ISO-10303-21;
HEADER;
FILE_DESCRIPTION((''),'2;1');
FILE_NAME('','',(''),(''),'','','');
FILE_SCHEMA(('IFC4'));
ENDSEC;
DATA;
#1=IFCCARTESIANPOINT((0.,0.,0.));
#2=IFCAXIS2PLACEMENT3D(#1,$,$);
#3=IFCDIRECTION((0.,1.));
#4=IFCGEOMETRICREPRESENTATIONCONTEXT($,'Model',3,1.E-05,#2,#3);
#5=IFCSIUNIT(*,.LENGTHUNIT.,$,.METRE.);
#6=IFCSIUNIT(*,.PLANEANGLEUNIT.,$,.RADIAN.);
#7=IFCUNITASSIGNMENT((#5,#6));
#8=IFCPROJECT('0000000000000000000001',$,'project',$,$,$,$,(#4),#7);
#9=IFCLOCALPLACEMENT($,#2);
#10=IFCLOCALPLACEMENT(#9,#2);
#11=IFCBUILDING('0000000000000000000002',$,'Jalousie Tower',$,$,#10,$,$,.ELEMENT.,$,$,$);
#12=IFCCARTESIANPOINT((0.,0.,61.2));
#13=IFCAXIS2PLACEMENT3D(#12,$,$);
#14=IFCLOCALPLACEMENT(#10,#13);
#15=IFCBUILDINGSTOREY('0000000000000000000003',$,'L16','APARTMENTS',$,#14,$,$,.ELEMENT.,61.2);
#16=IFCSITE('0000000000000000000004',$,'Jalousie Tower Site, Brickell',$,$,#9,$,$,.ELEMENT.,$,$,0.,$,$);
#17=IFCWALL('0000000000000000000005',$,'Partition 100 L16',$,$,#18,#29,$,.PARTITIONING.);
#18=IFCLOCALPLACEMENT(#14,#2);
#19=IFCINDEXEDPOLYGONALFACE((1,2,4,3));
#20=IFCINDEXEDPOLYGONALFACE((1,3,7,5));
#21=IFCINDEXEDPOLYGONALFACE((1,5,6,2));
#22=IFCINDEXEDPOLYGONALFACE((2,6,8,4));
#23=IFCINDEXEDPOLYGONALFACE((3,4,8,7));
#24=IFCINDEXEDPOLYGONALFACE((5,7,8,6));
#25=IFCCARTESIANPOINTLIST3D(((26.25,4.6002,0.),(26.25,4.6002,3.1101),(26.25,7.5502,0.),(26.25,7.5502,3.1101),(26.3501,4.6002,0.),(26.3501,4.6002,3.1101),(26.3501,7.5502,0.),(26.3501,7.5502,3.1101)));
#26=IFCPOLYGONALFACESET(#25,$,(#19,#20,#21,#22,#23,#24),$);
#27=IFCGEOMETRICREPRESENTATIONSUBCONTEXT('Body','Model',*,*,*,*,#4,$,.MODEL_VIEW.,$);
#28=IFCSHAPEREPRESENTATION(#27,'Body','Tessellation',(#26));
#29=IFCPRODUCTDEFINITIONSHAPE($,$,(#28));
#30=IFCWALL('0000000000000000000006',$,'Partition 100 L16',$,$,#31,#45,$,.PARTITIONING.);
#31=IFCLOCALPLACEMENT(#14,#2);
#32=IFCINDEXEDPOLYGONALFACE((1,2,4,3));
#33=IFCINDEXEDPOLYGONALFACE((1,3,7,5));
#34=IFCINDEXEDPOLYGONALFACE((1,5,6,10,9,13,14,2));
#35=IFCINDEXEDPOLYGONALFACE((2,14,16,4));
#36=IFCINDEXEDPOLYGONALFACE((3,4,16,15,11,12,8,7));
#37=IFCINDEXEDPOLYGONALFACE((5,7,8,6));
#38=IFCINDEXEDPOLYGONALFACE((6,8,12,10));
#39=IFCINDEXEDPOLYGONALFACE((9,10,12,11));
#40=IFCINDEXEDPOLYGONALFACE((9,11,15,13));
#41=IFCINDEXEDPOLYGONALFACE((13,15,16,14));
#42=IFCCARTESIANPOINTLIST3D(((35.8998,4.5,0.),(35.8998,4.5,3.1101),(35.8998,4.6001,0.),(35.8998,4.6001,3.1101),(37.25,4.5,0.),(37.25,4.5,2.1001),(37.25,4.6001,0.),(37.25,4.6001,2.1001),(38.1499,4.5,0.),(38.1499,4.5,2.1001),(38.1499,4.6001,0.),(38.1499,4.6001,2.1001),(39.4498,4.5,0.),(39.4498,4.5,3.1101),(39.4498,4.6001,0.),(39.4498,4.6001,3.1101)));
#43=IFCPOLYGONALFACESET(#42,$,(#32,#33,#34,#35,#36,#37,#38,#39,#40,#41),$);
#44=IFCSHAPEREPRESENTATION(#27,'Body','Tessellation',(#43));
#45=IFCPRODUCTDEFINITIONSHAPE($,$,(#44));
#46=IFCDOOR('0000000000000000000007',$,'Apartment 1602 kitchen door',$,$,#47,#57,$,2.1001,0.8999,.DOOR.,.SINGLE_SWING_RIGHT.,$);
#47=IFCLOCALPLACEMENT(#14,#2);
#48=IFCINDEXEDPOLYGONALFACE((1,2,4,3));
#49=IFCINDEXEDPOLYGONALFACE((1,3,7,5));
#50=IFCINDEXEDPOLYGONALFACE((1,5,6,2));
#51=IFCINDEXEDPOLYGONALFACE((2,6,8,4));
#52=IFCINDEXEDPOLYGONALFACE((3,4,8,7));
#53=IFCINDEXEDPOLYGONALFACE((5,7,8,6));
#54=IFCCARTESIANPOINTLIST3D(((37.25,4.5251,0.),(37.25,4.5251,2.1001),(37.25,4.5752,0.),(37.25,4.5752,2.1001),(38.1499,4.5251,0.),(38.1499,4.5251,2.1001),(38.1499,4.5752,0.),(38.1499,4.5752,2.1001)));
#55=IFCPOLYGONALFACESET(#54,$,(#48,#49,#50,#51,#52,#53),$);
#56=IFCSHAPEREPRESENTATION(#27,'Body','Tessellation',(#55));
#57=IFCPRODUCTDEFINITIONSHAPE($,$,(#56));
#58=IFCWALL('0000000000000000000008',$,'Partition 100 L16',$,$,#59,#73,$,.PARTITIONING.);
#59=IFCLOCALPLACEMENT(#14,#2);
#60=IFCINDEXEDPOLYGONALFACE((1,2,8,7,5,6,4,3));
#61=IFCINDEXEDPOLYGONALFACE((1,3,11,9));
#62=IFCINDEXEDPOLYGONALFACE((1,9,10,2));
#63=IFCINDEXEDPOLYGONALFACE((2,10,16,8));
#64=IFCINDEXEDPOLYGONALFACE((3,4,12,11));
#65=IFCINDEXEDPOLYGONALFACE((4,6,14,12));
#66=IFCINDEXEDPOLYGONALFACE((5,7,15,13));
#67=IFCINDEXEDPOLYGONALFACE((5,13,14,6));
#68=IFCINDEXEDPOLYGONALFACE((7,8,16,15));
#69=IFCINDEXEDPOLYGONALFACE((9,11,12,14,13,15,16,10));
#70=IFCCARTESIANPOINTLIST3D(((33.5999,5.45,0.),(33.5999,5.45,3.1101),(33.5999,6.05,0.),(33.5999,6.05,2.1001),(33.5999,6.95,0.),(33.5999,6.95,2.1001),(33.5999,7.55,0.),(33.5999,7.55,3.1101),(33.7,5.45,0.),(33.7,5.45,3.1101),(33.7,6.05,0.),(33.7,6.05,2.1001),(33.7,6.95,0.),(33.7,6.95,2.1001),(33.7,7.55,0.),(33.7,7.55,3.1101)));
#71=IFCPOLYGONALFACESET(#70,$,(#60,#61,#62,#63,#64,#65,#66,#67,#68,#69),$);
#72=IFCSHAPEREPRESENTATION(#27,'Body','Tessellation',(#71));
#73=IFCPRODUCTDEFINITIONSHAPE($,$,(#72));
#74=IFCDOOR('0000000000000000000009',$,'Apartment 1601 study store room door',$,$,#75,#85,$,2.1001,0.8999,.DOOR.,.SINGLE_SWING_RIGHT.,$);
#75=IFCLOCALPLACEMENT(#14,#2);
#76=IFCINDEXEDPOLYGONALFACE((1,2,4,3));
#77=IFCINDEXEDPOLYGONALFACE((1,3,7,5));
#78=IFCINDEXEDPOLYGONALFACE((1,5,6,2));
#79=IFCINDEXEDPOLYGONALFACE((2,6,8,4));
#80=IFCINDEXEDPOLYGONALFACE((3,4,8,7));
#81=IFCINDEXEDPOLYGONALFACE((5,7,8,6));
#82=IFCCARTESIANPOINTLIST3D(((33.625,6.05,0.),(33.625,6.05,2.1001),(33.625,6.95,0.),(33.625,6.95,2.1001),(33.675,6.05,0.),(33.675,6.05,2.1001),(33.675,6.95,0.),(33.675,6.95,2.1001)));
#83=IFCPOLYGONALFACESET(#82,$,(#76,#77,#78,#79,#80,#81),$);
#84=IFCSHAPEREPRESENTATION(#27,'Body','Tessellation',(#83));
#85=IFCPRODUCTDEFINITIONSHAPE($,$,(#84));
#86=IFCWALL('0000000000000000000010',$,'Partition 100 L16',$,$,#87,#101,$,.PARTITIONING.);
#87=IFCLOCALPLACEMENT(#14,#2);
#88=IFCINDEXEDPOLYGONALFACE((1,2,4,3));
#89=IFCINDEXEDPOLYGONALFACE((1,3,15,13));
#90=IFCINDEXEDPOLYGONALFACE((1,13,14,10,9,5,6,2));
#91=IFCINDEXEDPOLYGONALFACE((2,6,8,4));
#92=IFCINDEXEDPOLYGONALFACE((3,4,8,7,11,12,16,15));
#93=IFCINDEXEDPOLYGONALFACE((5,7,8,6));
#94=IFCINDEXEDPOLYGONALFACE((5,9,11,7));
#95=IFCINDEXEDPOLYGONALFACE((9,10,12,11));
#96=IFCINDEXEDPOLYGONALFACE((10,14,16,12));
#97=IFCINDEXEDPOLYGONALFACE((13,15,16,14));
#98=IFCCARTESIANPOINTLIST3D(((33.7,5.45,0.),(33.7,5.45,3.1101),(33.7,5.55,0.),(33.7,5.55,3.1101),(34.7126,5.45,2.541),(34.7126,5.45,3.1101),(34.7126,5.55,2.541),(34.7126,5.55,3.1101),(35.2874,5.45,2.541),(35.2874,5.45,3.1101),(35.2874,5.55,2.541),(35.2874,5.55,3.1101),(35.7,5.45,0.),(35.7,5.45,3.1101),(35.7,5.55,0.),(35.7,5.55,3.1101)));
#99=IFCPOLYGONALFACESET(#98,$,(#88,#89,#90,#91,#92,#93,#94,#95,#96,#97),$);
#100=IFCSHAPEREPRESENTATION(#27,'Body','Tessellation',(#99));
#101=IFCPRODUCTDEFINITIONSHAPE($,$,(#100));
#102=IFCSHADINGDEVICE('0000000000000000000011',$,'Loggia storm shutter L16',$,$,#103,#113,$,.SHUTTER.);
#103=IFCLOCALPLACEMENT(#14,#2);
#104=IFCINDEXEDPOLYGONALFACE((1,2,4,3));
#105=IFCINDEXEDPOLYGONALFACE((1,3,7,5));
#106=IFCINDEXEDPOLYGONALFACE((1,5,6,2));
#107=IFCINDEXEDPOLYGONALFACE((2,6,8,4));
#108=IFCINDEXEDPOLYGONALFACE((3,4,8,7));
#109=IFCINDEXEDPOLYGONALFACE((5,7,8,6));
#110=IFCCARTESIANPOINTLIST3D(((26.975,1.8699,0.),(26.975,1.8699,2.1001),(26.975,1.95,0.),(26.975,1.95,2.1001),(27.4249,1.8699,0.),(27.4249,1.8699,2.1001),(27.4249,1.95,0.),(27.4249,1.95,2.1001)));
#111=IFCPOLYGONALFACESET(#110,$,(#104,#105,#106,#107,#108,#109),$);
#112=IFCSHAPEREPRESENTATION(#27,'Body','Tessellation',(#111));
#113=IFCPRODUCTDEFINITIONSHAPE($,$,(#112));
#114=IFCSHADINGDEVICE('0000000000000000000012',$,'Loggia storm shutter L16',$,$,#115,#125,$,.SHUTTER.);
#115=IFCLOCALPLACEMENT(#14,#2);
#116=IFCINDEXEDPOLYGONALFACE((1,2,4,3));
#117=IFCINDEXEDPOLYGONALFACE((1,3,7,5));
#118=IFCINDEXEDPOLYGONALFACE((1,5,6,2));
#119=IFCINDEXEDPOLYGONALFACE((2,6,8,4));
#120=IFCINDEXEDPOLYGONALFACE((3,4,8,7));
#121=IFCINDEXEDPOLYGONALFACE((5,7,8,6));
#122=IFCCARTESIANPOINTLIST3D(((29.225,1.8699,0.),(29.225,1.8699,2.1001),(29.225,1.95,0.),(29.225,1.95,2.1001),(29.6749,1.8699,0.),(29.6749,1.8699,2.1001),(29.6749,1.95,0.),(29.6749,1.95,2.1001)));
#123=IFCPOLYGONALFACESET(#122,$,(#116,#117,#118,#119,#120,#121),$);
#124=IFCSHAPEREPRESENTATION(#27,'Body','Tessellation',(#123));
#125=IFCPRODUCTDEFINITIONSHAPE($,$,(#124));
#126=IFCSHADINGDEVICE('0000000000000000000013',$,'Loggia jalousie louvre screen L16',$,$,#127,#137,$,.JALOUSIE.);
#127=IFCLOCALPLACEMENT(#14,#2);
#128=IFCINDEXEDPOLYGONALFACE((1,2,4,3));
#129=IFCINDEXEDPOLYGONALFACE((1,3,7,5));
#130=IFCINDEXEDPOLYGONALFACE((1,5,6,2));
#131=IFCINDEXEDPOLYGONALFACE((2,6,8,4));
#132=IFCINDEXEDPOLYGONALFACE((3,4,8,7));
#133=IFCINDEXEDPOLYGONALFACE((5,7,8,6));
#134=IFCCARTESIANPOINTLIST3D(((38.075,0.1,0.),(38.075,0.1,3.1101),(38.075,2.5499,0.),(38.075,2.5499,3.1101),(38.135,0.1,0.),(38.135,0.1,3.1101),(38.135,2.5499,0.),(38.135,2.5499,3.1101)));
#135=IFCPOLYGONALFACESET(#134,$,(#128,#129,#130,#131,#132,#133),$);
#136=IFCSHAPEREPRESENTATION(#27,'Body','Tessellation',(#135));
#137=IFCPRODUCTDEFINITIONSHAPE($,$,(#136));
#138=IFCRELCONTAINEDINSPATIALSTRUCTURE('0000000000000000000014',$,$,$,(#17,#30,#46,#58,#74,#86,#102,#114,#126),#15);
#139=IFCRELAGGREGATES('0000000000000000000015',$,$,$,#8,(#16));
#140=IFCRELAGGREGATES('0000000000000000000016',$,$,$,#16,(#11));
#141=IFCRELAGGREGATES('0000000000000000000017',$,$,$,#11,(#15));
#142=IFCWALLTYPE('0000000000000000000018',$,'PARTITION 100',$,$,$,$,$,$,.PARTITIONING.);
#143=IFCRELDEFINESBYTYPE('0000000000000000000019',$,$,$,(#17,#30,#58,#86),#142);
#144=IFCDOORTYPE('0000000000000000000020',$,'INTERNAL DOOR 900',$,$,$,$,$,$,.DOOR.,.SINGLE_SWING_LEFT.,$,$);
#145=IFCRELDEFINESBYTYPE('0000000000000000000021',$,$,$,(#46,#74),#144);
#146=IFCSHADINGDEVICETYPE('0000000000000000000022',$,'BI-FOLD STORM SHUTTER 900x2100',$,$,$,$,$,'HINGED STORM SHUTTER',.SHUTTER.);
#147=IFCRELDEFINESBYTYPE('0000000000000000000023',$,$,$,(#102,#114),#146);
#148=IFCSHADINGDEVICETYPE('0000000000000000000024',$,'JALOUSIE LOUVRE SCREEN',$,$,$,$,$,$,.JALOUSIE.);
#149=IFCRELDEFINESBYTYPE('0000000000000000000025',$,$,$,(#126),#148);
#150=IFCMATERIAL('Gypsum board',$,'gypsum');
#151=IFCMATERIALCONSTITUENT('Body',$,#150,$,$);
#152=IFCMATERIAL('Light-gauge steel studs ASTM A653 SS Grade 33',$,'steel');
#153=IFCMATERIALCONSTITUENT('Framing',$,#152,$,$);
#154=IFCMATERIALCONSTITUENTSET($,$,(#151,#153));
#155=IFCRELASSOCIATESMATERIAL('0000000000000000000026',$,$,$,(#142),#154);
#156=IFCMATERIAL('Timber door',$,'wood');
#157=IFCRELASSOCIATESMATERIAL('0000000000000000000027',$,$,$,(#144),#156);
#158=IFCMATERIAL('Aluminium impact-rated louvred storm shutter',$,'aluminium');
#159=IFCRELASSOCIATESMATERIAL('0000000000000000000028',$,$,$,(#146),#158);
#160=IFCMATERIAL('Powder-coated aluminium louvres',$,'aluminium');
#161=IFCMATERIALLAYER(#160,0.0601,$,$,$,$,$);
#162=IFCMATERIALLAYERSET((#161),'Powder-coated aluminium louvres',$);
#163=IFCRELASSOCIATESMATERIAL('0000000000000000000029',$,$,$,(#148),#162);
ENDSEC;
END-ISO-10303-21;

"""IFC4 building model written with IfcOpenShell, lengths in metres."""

from ifc_helpers import new_model, si_unit, direction, frame, frame_2d, origin, origin_2d, place, context, subcontext, project, spatial, polyline, rectangle, outline, extrude, material, layer, layer_set, constituent, constituent_set, type_object, element, fill, save


model = new_model("IFC4")

# Units and contexts
model_context = context("Model", 3, precision=1e-05, world=origin(), true_north=direction((0.0, 1.0)))
body_context = subcontext(model_context, "Body", "Model", "MODEL_VIEW")
ifc_project = project(units=[si_unit("LENGTHUNIT", "METRE"), si_unit("PLANEANGLEUNIT", "RADIAN")], contexts=[model_context])

# Site, building, storey
site_placement = place(None, origin())
site = spatial("IfcSite", under=ifc_project, at=site_placement, Name="Jalousie Tower Site, Brickell", CompositionType="ELEMENT", RefElevation=0.0)
building_placement = place(site_placement, origin())
building = spatial("IfcBuilding", under=site, at=building_placement, Name="Jalousie Tower", CompositionType="ELEMENT")
storey_placement = place(building_placement, frame((0.0, 0.0, 61.2)))
storey = spatial("IfcBuildingStorey", under=building, at=storey_placement, Name="L16", Description="APARTMENTS", CompositionType="ELEMENT", Elevation=61.2)

# Shared definitions
ifc_material_1 = material(Name="Gypsum board", Category="gypsum")
ifc_constituent_1 = constituent(ifc_material_1, Name="Body")
ifc_material_2 = material(Name="Light-gauge steel studs ASTM A653 SS Grade 33", Category="steel")
ifc_constituent_2 = constituent(ifc_material_2, Name="Framing")
ifc_constituent_set_1 = constituent_set(constituents=[ifc_constituent_1, ifc_constituent_2])
wall_type_1 = type_object("IfcWallType", Name="PARTITION 100", PredefinedType="PARTITIONING", material=ifc_constituent_set_1)
ifc_material_3 = material(Name="Timber door", Category="wood")
door_type_1 = type_object("IfcDoorType", Name="INTERNAL DOOR 900", OperationType="SINGLE_SWING_LEFT", PredefinedType="DOOR", material=ifc_material_3)

# Wall
wall_1_placement = place(storey_placement, frame((26.3, 4.6001, 0.0), z_axis=(0.0, 0.0, 1.0), x_axis=(0.0, 1.0, 0.0)))
element("IfcWall", 1, at=wall_1_placement, inside=storey, type_object=wall_type_1, Name="Partition 100 L16", PredefinedType="PARTITIONING", context=body_context, shape_type="SweptSolid", body=[
    extrude(rectangle(XDim=2.95, YDim=0.1001, at=frame_2d((1.4751, 0.0))), origin(), (0.0, 0.0, 1.0), 3.1101),
])

# Walls, openings, doors
wall_2_placement = place(storey_placement, frame((35.8999, 4.55, 0.0), z_axis=(0.0, 0.0, 1.0), x_axis=(1.0, 0.0, 0.0)))
wall_2 = element("IfcWall", 2, at=wall_2_placement, inside=storey, type_object=wall_type_1, Name="Partition 100 L16", PredefinedType="PARTITIONING", context=body_context, shape_type="SweptSolid", body=[
    extrude(rectangle(XDim=3.55, YDim=0.1001, at=frame_2d((1.7749, 0.0))), origin(), (0.0, 0.0, 1.0), 3.1101),
])
opening_1_placement = place(wall_2_placement, frame((1.3501, 0.0, 0.0)))
opening_1 = element("IfcOpeningElement", 3, at=opening_1_placement, cuts=wall_2, PredefinedType="OPENING", context=body_context, shape_type="SweptSolid", body=[
    extrude(rectangle(XDim=0.8999, YDim=2.1001, at=frame_2d((0.45, 1.05))), frame((0.0, 0.0601, 0.0), z_axis=(0.0, -1.0, 0.0), x_axis=(1.0, 0.0, 0.0)), (0.0, 0.0, 1.0), 0.1201),
])
door_1_placement = place(opening_1_placement, frame((0.8999, 0.0, 0.0), z_axis=(0.0, 0.0, 1.0), x_axis=(-1.0, 0.0, 0.0)))
door_1 = element("IfcDoor", 4, at=door_1_placement, inside=storey, type_object=door_type_1, Name="Apartment 1602 kitchen door", OperationType="SINGLE_SWING_RIGHT", OverallHeight=2.1001, OverallWidth=0.8999, PredefinedType="DOOR", context=body_context, shape_type="SweptSolid", body=[
    extrude(rectangle(XDim=0.8999, YDim=2.1001, at=frame_2d((0.45, 1.05))), frame((0.0, 0.0249, 0.0), z_axis=(0.0, -1.0, 0.0), x_axis=(1.0, 0.0, 0.0)), (0.0, 0.0, 1.0), 0.05),
])
fill(opening_1, door_1)
wall_3_placement = place(storey_placement, frame((33.6499, 7.55, 0.0), z_axis=(0.0, 0.0, 1.0), x_axis=(0.0, -1.0, 0.0)))
wall_3 = element("IfcWall", 5, at=wall_3_placement, inside=storey, type_object=wall_type_1, Name="Partition 100 L16", PredefinedType="PARTITIONING", context=body_context, shape_type="SweptSolid", body=[
    extrude(rectangle(XDim=2.1001, YDim=0.1001, at=frame_2d((1.05, 0.0))), origin(), (0.0, 0.0, 1.0), 3.1101),
])
opening_2_placement = place(wall_3_placement, frame((0.6001, 0.0, 0.0)))
opening_2 = element("IfcOpeningElement", 6, at=opening_2_placement, cuts=wall_3, PredefinedType="OPENING", context=body_context, shape_type="SweptSolid", body=[
    extrude(rectangle(XDim=0.8999, YDim=2.1001, at=frame_2d((0.45, 1.05))), frame((0.0, 0.0601, 0.0), z_axis=(0.0, -1.0, 0.0), x_axis=(1.0, 0.0, 0.0)), (0.0, 0.0, 1.0), 0.1201),
])
door_2_placement = place(opening_2_placement, frame((0.8999, 0.0, 0.0), z_axis=(0.0, 0.0, 1.0), x_axis=(-1.0, 0.0, 0.0)))
door_2 = element("IfcDoor", 7, at=door_2_placement, inside=storey, type_object=door_type_1, Name="Apartment 1601 study store room door", OperationType="SINGLE_SWING_RIGHT", OverallHeight=2.1001, OverallWidth=0.8999, PredefinedType="DOOR", context=body_context, shape_type="SweptSolid", body=[
    extrude(rectangle(XDim=0.8999, YDim=2.1001, at=frame_2d((0.45, 1.05))), frame((0.0, 0.0249, 0.0), z_axis=(0.0, -1.0, 0.0), x_axis=(1.0, 0.0, 0.0)), (0.0, 0.0, 1.0), 0.05),
])
fill(opening_2, door_2)

# Wall
wall_4_placement = place(storey_placement, frame((35.7, 5.5, 0.0), z_axis=(0.0, 0.0, 1.0), x_axis=(-1.0, 0.0, 0.0)))
element("IfcWall", 8, at=wall_4_placement, inside=storey, type_object=wall_type_1, Name="Partition 100 L16", PredefinedType="PARTITIONING", context=body_context, shape_type="SweptSolid", body=[
    extrude(outline(polyline([(0.0, 0.0), (2.0, 0.0), (2.0, 3.1101), (0.9873, 3.1101), (0.9873, 2.541), (0.4126, 2.541), (0.4126, 3.1101), (0.0, 3.1101), (0.0, 0.0)])), frame((0.0, 0.05, 0.0), z_axis=(0.0, -1.0, 0.0), x_axis=(1.0, 0.0, 0.0)), (0.0, 0.0, 1.0), 0.1001),
])

# Shading devices
ifc_material_4 = material(Name="Aluminium impact-rated louvred storm shutter", Category="aluminium")
shading_device_type_1 = type_object("IfcShadingDeviceType", Name="BI-FOLD STORM SHUTTER 900x2100", ElementType="HINGED STORM SHUTTER", PredefinedType="SHUTTER", material=ifc_material_4)
for number, where, z_axis, x_axis, name in (
    (9, (27.2, 1.9099, 0.0), (0.0, 0.0, 1.0), (1.0, 0.0, 0.0), "Loggia storm shutter L16"),
    (10, (29.45, 1.9099, 0.0), (0.0, 0.0, 1.0), (1.0, 0.0, 0.0), "Loggia storm shutter L16"),
):
    element("IfcShadingDevice", number, at=place(storey_placement, frame(where, z_axis=z_axis, x_axis=x_axis)), inside=storey, type_object=shading_device_type_1, Name=name, PredefinedType="SHUTTER", context=body_context, shape_type="SweptSolid", body=[
        extrude(rectangle(XDim=0.45, YDim=0.0801, at=origin_2d()), origin(), (0.0, 0.0, 1.0), 2.1001),
    ])
ifc_material_5 = material(Name="Powder-coated aluminium louvres", Category="aluminium")
ifc_layer_1 = layer(ifc_material_5, 0.0601)
ifc_layer_set_1 = layer_set([ifc_layer_1], Name="Powder-coated aluminium louvres")
shading_device_type_2 = type_object("IfcShadingDeviceType", Name="JALOUSIE LOUVRE SCREEN", PredefinedType="JALOUSIE", material=ifc_layer_set_1)
shading_device_placement = place(storey_placement, frame((38.105, 1.325, 0.0), z_axis=(0.0, 0.0, 1.0), x_axis=(1.0, 0.0, 0.0)))
element("IfcShadingDevice", 11, at=shading_device_placement, inside=storey, type_object=shading_device_type_2, Name="Loggia jalousie louvre screen L16", PredefinedType="JALOUSIE", context=body_context, shape_type="SweptSolid", body=[
    extrude(rectangle(XDim=0.0601, YDim=2.45, at=origin_2d()), origin(), (0.0, 0.0, 1.0), 3.1101),
])

save(model, "model.ifc")
